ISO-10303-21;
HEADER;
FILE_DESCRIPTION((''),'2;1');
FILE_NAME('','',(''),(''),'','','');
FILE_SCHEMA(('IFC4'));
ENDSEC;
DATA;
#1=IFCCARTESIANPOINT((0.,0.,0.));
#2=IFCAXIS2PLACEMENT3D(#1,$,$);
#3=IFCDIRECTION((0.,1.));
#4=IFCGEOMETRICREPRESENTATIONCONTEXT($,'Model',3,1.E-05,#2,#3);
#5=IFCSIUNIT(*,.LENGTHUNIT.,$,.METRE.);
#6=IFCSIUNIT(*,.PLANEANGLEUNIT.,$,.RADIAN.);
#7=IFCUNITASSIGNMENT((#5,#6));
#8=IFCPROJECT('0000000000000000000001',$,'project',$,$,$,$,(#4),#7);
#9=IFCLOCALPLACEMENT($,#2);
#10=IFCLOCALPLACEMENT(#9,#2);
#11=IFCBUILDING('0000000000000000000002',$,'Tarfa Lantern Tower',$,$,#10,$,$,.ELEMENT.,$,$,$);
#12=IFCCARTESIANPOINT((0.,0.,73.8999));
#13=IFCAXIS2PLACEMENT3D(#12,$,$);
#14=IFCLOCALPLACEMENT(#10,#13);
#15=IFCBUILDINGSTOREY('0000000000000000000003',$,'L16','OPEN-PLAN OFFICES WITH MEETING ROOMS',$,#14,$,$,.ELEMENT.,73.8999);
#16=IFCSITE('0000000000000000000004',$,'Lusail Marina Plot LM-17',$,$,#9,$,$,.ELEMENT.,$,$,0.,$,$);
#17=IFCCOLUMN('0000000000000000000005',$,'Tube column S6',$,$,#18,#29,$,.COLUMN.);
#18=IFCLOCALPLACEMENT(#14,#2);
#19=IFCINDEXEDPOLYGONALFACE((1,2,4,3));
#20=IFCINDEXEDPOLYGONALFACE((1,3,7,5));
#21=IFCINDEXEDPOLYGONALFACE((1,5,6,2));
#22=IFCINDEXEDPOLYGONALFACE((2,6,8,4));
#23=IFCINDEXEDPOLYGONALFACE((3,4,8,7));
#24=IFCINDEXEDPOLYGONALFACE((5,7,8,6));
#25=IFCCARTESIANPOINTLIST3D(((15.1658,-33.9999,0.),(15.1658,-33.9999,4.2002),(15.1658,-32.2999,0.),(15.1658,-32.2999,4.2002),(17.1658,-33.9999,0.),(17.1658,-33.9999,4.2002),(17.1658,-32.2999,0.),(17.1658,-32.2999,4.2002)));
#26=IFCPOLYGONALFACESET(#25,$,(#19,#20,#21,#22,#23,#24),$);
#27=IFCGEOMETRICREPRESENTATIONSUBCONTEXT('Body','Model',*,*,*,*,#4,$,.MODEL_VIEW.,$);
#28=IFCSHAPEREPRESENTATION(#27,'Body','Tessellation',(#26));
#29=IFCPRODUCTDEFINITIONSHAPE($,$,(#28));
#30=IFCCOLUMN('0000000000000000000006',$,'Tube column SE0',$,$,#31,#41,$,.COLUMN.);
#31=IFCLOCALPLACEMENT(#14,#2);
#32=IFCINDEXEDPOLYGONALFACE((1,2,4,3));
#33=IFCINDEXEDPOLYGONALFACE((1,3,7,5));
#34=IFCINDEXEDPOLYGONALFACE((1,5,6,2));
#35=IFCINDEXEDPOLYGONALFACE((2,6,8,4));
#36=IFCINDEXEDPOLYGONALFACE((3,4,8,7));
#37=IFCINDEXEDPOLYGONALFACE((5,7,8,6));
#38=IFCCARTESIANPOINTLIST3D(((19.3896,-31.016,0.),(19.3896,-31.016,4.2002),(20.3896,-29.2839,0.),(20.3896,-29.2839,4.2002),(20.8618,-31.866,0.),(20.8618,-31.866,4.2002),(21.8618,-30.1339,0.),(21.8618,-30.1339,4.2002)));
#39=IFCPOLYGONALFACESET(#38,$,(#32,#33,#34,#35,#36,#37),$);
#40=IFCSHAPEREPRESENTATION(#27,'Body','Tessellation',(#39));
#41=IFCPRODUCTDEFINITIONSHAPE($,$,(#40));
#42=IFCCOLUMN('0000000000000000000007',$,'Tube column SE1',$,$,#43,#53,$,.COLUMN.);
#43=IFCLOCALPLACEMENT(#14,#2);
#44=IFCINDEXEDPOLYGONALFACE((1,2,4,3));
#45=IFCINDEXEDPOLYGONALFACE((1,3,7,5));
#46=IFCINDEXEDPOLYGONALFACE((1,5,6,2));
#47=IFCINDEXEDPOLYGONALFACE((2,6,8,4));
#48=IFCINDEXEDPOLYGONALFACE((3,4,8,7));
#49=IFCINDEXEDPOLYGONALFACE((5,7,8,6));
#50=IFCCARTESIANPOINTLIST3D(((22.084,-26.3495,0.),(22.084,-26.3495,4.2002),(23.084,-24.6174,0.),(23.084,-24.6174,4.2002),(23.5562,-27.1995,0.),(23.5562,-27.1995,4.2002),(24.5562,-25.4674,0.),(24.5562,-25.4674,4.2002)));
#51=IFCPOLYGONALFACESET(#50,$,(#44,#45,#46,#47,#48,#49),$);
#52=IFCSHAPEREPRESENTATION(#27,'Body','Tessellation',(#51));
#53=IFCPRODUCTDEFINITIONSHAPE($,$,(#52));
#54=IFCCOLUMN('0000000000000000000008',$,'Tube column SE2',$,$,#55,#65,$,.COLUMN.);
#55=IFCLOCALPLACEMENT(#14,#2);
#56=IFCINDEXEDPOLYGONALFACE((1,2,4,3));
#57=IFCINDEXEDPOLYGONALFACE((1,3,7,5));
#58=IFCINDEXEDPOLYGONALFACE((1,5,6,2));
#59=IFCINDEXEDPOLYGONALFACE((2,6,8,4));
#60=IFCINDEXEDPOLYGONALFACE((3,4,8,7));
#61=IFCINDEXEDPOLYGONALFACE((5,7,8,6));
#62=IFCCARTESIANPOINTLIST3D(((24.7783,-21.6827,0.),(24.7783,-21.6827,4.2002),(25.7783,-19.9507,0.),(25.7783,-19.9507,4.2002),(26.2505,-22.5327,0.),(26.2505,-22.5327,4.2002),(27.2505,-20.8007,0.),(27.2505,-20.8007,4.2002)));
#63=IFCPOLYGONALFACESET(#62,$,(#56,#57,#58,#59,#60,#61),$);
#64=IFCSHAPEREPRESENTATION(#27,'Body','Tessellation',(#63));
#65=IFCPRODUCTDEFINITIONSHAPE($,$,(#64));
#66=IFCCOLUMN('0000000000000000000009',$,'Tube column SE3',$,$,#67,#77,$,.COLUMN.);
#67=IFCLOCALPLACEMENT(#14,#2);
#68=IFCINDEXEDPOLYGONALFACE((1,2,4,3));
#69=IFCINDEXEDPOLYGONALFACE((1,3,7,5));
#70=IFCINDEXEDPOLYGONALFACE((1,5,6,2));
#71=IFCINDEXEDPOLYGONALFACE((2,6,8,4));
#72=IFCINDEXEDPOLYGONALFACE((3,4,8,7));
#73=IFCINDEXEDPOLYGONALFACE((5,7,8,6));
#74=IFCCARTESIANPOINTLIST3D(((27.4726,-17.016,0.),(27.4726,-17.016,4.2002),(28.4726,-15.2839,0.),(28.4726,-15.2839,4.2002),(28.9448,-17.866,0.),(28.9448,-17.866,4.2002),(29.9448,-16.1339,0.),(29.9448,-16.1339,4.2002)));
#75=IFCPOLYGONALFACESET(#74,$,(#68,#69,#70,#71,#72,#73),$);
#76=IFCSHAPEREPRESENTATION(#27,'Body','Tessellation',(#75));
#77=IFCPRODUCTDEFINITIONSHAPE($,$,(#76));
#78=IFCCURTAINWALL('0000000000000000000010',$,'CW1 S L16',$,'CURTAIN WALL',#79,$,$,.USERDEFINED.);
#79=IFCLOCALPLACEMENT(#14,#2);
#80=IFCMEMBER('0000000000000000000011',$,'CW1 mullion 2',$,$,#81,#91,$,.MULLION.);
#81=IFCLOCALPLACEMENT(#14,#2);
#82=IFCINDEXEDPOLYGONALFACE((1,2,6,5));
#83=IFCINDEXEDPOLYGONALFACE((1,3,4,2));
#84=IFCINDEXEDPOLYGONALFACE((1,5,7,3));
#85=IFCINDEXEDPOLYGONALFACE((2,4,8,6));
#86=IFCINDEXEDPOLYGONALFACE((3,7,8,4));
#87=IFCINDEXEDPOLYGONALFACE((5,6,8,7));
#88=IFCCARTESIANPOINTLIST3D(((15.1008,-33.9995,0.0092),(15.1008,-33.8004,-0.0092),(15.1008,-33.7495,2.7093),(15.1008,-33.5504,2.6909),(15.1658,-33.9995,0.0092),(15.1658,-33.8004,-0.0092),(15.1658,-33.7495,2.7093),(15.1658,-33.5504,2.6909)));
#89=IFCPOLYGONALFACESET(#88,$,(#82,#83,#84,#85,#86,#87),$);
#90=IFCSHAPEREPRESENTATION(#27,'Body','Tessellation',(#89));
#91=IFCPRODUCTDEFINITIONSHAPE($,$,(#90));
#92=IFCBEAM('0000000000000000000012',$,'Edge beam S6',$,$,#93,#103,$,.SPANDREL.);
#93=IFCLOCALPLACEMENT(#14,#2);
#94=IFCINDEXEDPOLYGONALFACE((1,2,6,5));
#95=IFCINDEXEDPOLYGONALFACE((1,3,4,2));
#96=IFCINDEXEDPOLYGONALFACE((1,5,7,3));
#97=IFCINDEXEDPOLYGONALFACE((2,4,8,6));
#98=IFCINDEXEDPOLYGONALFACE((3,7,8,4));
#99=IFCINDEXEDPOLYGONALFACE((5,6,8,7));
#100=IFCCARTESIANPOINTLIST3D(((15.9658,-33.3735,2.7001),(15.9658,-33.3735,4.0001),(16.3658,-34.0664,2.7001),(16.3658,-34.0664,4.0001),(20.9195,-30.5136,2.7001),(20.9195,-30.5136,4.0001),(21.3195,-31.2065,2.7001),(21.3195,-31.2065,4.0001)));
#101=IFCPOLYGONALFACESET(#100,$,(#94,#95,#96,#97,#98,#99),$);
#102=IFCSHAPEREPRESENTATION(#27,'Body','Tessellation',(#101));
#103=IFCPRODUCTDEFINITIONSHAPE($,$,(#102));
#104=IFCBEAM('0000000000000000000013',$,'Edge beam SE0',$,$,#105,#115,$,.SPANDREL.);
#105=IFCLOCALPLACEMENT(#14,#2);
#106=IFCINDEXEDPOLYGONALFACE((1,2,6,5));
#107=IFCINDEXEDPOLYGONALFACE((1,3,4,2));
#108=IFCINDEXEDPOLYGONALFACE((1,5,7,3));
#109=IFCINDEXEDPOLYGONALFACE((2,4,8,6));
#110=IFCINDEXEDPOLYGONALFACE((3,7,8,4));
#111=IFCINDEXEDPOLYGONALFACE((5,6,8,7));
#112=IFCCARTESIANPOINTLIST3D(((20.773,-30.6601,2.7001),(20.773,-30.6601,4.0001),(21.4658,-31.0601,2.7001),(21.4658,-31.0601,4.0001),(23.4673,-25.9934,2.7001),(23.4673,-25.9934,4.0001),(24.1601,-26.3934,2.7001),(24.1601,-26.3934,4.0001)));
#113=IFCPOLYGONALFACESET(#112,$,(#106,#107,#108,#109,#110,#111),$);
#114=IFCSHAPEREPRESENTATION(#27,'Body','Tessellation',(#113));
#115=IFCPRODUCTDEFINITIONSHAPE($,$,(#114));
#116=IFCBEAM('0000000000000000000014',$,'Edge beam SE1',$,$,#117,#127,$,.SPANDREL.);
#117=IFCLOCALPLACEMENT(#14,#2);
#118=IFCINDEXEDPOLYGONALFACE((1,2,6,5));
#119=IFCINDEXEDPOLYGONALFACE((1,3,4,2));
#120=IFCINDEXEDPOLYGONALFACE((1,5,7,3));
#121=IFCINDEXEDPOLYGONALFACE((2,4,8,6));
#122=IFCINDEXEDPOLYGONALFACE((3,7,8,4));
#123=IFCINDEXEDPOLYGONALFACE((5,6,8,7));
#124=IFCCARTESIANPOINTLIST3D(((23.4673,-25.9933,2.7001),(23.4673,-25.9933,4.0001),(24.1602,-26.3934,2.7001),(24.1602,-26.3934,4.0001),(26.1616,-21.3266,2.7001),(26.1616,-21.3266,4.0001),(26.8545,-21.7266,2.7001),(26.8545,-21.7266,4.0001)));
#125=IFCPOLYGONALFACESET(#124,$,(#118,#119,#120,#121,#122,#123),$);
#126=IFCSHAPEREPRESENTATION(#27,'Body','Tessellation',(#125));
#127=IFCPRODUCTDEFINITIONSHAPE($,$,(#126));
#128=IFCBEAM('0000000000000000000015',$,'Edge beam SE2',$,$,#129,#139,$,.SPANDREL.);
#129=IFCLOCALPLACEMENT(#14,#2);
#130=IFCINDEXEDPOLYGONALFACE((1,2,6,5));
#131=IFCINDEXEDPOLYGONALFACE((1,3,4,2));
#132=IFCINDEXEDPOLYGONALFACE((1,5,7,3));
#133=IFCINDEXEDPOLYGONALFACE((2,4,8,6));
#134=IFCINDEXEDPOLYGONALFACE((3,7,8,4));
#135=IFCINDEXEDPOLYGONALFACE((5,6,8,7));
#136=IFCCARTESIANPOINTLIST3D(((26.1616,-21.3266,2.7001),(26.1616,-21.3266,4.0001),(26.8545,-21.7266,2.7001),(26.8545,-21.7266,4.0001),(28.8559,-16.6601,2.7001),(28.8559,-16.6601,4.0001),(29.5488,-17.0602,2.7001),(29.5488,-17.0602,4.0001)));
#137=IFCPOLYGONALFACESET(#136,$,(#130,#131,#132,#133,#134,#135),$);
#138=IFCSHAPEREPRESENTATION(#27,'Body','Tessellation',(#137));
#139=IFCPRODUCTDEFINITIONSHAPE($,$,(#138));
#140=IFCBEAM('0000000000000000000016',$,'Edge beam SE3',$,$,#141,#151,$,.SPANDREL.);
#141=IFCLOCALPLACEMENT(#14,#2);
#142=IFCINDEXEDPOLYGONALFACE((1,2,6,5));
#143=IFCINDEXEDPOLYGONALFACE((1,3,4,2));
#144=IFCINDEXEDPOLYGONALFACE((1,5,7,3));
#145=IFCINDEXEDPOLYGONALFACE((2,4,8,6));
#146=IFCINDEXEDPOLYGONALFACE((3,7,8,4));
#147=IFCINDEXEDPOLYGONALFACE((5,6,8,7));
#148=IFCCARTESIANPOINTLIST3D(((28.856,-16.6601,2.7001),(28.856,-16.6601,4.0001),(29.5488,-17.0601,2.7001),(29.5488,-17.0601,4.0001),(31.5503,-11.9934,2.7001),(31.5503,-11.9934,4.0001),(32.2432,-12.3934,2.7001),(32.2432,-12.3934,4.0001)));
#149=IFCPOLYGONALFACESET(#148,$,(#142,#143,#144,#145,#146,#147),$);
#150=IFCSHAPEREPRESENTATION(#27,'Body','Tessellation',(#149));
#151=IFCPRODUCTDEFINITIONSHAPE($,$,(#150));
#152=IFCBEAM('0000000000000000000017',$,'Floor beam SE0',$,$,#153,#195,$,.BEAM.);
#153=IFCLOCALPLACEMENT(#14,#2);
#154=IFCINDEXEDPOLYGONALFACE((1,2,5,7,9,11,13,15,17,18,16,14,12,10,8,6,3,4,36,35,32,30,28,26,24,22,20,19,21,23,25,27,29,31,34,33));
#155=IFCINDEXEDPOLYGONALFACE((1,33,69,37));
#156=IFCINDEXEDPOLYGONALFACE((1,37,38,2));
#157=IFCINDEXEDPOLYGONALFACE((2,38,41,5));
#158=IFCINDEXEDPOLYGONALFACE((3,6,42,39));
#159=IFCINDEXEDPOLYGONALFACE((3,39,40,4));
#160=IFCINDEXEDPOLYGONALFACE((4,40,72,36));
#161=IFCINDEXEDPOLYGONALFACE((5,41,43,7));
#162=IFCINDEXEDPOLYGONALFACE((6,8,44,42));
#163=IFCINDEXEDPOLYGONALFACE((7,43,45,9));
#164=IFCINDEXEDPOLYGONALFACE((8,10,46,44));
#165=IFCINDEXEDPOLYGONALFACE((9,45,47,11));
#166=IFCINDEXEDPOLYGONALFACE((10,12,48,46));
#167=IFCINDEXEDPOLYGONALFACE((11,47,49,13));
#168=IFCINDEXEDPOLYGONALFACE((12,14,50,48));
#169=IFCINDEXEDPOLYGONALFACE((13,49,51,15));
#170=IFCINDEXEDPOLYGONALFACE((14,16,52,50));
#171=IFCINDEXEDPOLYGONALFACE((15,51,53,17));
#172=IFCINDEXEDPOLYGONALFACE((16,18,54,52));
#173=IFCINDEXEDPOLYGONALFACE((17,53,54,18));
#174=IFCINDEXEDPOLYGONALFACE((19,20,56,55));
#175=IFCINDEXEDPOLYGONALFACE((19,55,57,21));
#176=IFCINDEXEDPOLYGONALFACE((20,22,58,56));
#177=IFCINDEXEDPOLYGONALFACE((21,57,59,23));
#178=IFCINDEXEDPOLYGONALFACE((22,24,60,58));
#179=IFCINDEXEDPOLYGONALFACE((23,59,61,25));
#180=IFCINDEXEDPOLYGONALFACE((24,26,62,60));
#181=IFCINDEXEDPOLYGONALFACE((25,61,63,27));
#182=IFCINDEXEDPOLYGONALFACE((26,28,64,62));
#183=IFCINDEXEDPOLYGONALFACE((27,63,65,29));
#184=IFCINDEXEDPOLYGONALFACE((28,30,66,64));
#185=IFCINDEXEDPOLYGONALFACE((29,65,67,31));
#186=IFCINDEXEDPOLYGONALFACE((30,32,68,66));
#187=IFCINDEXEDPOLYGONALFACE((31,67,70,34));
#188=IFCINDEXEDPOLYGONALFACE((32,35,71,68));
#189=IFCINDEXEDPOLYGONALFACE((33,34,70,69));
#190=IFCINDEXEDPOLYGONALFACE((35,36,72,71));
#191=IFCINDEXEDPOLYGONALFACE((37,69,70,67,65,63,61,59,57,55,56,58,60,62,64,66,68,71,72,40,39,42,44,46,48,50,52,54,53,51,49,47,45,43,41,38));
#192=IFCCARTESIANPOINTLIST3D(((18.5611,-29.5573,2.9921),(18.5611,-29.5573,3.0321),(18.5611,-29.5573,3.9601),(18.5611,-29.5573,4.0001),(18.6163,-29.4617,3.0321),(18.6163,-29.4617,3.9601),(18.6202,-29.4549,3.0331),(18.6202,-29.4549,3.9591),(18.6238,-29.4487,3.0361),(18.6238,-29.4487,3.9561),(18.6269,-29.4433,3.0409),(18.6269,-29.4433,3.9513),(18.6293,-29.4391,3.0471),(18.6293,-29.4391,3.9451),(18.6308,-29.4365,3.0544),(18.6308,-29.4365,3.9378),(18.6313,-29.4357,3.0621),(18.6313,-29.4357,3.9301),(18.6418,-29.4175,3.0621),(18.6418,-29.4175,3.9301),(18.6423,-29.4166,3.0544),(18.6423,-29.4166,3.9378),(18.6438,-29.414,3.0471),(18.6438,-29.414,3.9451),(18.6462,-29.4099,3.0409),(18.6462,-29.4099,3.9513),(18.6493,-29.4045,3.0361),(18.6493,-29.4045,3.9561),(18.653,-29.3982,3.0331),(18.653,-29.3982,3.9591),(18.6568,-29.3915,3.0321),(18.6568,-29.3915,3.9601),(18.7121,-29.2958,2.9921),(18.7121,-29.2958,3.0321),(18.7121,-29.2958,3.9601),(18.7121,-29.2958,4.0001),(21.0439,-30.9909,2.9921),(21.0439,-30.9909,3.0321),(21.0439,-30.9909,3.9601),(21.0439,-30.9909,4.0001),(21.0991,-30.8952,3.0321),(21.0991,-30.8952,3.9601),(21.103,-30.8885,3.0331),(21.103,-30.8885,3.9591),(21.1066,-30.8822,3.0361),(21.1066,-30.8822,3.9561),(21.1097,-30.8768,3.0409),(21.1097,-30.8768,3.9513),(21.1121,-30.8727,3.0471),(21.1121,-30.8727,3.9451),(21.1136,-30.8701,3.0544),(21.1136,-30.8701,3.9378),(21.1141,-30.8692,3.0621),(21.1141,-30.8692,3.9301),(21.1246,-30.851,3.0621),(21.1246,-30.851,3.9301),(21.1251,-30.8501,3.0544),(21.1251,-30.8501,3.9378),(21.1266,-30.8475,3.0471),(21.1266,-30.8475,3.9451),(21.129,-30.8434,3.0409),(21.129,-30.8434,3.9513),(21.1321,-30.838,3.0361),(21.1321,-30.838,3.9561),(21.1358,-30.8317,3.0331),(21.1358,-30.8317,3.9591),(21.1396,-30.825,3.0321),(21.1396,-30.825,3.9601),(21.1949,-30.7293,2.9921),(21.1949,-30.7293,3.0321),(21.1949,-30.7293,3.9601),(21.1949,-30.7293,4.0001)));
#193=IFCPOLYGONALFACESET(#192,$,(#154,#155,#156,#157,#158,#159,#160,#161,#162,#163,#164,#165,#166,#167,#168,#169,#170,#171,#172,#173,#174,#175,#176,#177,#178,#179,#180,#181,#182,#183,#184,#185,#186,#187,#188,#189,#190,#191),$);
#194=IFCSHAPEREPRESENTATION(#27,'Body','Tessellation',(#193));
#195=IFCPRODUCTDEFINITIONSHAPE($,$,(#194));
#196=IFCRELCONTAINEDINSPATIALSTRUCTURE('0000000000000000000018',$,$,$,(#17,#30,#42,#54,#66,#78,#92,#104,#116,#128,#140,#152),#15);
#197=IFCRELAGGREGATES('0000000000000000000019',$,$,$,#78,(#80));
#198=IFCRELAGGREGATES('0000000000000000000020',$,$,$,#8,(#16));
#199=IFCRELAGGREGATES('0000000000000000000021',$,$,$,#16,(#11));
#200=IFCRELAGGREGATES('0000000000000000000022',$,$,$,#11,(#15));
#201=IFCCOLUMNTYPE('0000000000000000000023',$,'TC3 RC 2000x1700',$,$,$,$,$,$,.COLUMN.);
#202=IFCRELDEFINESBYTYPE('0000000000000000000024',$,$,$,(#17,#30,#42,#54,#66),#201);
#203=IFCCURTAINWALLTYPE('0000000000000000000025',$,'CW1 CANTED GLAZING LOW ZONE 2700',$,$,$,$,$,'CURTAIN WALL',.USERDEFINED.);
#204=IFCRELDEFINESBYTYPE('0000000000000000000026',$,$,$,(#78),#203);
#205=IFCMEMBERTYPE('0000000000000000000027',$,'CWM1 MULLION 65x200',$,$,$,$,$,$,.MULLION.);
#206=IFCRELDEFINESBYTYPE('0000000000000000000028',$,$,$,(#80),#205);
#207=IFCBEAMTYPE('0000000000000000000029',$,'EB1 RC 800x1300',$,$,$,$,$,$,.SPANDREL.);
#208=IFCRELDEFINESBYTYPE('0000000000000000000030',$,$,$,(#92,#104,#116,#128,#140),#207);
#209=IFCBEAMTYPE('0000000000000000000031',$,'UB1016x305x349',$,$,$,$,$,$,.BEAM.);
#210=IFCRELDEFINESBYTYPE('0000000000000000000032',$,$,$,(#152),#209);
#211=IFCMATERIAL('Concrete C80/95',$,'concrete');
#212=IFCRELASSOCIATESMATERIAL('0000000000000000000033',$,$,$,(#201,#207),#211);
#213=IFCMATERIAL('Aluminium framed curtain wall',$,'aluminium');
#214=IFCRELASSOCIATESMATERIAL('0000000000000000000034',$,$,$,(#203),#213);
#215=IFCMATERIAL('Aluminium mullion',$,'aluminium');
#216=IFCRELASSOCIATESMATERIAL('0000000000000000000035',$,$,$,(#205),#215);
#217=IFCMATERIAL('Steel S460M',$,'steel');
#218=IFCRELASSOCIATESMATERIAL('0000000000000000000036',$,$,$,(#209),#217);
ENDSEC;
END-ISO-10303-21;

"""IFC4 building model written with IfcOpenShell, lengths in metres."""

from ifc_helpers import new_model, si_unit, direction, frame, origin, origin_2d, place, context, subcontext, project, spatial, rectangle, i_section, extrude, material, material_profile, profile_set, type_object, element, aggregate, save


model = new_model("IFC4")

# Units and contexts
model_context = context("Model", 3, precision=1e-05, world=origin(), true_north=direction((0.0, 1.0)))
body_context = subcontext(model_context, "Body", "Model", "MODEL_VIEW")
ifc_project = project(units=[si_unit("LENGTHUNIT", "METRE"), si_unit("PLANEANGLEUNIT", "RADIAN")], contexts=[model_context])

# Site, building, storey
site_placement = place(None, origin())
site = spatial("IfcSite", under=ifc_project, at=site_placement, Name="Lusail Marina Plot LM-17", CompositionType="ELEMENT", RefElevation=0.0)
building_placement = place(site_placement, origin())
building = spatial("IfcBuilding", under=site, at=building_placement, Name="Tarfa Lantern Tower", CompositionType="ELEMENT")
storey_placement = place(building_placement, frame((0.0, 0.0, 73.8999)))
storey = spatial("IfcBuildingStorey", under=building, at=storey_placement, Name="L16", Description="OPEN-PLAN OFFICES WITH MEETING ROOMS", CompositionType="ELEMENT", Elevation=73.8999)

# Columns
ifc_material_1 = material(Name="Concrete C80/95", Category="concrete")
ifc_material_profile_1 = material_profile(ifc_material_1, rectangle(XDim=2.0, YDim=1.7, at=origin_2d()), Name="RC 2000x1700")
ifc_profile_set_1 = profile_set([ifc_material_profile_1], Name="Concrete C80/95")
column_type = type_object("IfcColumnType", Name="TC3 RC 2000x1700", PredefinedType="COLUMN", material=ifc_profile_set_1)
for number, where, z_axis, x_axis, name in (
    (1, (16.1658, -33.1499, 0.0), (0.0, 0.0, 1.0), (1.0, 0.0, 0.0), "Tube column S6"),
    (2, (20.6257, -30.575, 0.0), (0.0, 0.0, 1.0), (0.5, 0.866025, 0.0), "Tube column SE0"),
    (3, (23.3201, -25.9084, 0.0), (0.0, 0.0, 1.0), (0.5, 0.866025, 0.0), "Tube column SE1"),
    (4, (26.0144, -21.2417, 0.0), (0.0, 0.0, 1.0), (0.5, 0.866025, 0.0), "Tube column SE2"),
    (5, (28.7087, -16.575, 0.0), (0.0, 0.0, 1.0), (0.5, 0.866025, 0.0), "Tube column SE3"),
):
    element("IfcColumn", number, at=place(storey_placement, frame(where, z_axis=z_axis, x_axis=x_axis)), inside=storey, type_object=column_type, Name=name, PredefinedType="COLUMN", context=body_context, shape_type="SweptSolid", body=[
        extrude(rectangle(XDim=2.0, YDim=1.7, at=origin_2d()), origin(), (0.0, 0.0, 1.0), 4.2002),
    ])

# Curtain wall, member
ifc_material_2 = material(Name="Aluminium framed curtain wall", Category="aluminium")
curtain_wall_type = type_object("IfcCurtainWallType", Name="CW1 CANTED GLAZING LOW ZONE 2700", ElementType="CURTAIN WALL", PredefinedType="USERDEFINED", material=ifc_material_2)
curtain_wall_placement = place(storey_placement, origin())
curtain_wall = element("IfcCurtainWall", 6, at=curtain_wall_placement, inside=storey, type_object=curtain_wall_type, Name="CW1 S L16", ObjectType="CURTAIN WALL", PredefinedType="USERDEFINED")
ifc_material_3 = material(Name="Aluminium mullion", Category="aluminium")
ifc_material_profile_2 = material_profile(ifc_material_3, rectangle(XDim=0.0649, YDim=0.2, at=origin_2d()), Name="AL MULLION 65x200")
ifc_profile_set_2 = profile_set([ifc_material_profile_2], Name="Aluminium mullion")
member_type = type_object("IfcMemberType", Name="CWM1 MULLION 65x200", PredefinedType="MULLION", material=ifc_profile_set_2)
member_placement = place(storey_placement, frame((15.1333, -33.8999, 0.0), z_axis=(0.0, 0.092192, 0.995741), x_axis=(-1.0, 0.0, 0.0)))
member = element("IfcMember", 7, at=member_placement, type_object=member_type, Name="CW1 mullion 2", PredefinedType="MULLION", context=body_context, shape_type="SweptSolid", body=[
    extrude(rectangle(XDim=0.0649, YDim=0.2, at=origin_2d()), origin(), (0.0, 0.0, 1.0), 2.7117),
])
aggregate(curtain_wall, [member])

# Beams
ifc_material_profile_3 = material_profile(ifc_material_1, rectangle(XDim=0.8, YDim=1.3, at=origin_2d()), Name="RC 800x1300")
ifc_profile_set_3 = profile_set([ifc_material_profile_3], Name="Concrete C80/95")
beam_type_1 = type_object("IfcBeamType", Name="EB1 RC 800x1300", PredefinedType="SPANDREL", material=ifc_profile_set_3)
beam_1_placement = place(storey_placement, frame((16.1658, -33.72, 3.3501), z_axis=(0.866033, 0.499986, 0.0), x_axis=(-0.499986, 0.866033, 0.0)))
element("IfcBeam", 8, at=beam_1_placement, inside=storey, type_object=beam_type_1, Name="Edge beam S6", PredefinedType="SPANDREL", context=body_context, shape_type="SweptSolid", body=[
    extrude(rectangle(XDim=0.8, YDim=1.3, at=origin_2d()), origin(), (0.0, 0.0, 1.0), 5.72),
])
for number, where, z_axis, x_axis, name in (
    (9, (21.1194, -30.8601, 3.3501), (0.499998, 0.866026, 0.0), (-0.866026, 0.499998, 0.0), "Edge beam SE0"),
    (10, (23.8137, -26.1934, 3.3501), (0.499998, 0.866026, 0.0), (-0.866026, 0.499998, 0.0), "Edge beam SE1"),
):
    element("IfcBeam", number, at=place(storey_placement, frame(where, z_axis=z_axis, x_axis=x_axis)), inside=storey, type_object=beam_type_1, Name=name, PredefinedType="SPANDREL", context=body_context, shape_type="SweptSolid", body=[
        extrude(rectangle(XDim=0.8, YDim=1.3, at=origin_2d()), origin(), (0.0, 0.0, 1.0), 5.3887),
    ])
beam_2_placement = place(storey_placement, frame((26.5081, -21.5266, 3.3501), z_axis=(0.500018, 0.866015, 0.0), x_axis=(-0.866015, 0.500018, 0.0)))
element("IfcBeam", 11, at=beam_2_placement, inside=storey, type_object=beam_type_1, Name="Edge beam SE2", PredefinedType="SPANDREL", context=body_context, shape_type="SweptSolid", body=[
    extrude(rectangle(XDim=0.8, YDim=1.3, at=origin_2d()), origin(), (0.0, 0.0, 1.0), 5.3884),
])
beam_3_placement = place(storey_placement, frame((29.2024, -16.8601, 3.3501), z_axis=(0.499998, 0.866026, 0.0), x_axis=(-0.866026, 0.499998, 0.0)))
element("IfcBeam", 12, at=beam_3_placement, inside=storey, type_object=beam_type_1, Name="Edge beam SE3", PredefinedType="SPANDREL", context=body_context, shape_type="SweptSolid", body=[
    extrude(rectangle(XDim=0.8, YDim=1.3, at=origin_2d()), origin(), (0.0, 0.0, 1.0), 5.3887),
])
ifc_material_4 = material(Name="Steel S460M", Category="steel")
ifc_material_profile_4 = material_profile(ifc_material_4, i_section(OverallWidth=0.302, OverallDepth=1.0081, WebThickness=0.021, FlangeThickness=0.04, FilletRadius=0.03, at=origin_2d()), Name="UB1016x305x349")
ifc_profile_set_4 = profile_set([ifc_material_profile_4], Name="Steel S460M")
beam_type_2 = type_object("IfcBeamType", Name="UB1016x305x349", PredefinedType="BEAM", material=ifc_profile_set_4)
beam_4_placement = place(storey_placement, frame((21.1194, -30.8601, 3.4961), z_axis=(-0.866013, 0.500022, 0.0), x_axis=(-0.500022, -0.866013, 0.0)))
element("IfcBeam", 13, at=beam_4_placement, inside=storey, type_object=beam_type_2, Name="Floor beam SE0", PredefinedType="BEAM", context=body_context, shape_type="SweptSolid", body=[
    extrude(i_section(OverallWidth=0.302, OverallDepth=1.0081, WebThickness=0.021, FlangeThickness=0.04, FilletRadius=0.03, at=origin_2d()), origin(), (0.0, 0.0, 1.0), 2.8669),
])

save(model, "model.ifc")
